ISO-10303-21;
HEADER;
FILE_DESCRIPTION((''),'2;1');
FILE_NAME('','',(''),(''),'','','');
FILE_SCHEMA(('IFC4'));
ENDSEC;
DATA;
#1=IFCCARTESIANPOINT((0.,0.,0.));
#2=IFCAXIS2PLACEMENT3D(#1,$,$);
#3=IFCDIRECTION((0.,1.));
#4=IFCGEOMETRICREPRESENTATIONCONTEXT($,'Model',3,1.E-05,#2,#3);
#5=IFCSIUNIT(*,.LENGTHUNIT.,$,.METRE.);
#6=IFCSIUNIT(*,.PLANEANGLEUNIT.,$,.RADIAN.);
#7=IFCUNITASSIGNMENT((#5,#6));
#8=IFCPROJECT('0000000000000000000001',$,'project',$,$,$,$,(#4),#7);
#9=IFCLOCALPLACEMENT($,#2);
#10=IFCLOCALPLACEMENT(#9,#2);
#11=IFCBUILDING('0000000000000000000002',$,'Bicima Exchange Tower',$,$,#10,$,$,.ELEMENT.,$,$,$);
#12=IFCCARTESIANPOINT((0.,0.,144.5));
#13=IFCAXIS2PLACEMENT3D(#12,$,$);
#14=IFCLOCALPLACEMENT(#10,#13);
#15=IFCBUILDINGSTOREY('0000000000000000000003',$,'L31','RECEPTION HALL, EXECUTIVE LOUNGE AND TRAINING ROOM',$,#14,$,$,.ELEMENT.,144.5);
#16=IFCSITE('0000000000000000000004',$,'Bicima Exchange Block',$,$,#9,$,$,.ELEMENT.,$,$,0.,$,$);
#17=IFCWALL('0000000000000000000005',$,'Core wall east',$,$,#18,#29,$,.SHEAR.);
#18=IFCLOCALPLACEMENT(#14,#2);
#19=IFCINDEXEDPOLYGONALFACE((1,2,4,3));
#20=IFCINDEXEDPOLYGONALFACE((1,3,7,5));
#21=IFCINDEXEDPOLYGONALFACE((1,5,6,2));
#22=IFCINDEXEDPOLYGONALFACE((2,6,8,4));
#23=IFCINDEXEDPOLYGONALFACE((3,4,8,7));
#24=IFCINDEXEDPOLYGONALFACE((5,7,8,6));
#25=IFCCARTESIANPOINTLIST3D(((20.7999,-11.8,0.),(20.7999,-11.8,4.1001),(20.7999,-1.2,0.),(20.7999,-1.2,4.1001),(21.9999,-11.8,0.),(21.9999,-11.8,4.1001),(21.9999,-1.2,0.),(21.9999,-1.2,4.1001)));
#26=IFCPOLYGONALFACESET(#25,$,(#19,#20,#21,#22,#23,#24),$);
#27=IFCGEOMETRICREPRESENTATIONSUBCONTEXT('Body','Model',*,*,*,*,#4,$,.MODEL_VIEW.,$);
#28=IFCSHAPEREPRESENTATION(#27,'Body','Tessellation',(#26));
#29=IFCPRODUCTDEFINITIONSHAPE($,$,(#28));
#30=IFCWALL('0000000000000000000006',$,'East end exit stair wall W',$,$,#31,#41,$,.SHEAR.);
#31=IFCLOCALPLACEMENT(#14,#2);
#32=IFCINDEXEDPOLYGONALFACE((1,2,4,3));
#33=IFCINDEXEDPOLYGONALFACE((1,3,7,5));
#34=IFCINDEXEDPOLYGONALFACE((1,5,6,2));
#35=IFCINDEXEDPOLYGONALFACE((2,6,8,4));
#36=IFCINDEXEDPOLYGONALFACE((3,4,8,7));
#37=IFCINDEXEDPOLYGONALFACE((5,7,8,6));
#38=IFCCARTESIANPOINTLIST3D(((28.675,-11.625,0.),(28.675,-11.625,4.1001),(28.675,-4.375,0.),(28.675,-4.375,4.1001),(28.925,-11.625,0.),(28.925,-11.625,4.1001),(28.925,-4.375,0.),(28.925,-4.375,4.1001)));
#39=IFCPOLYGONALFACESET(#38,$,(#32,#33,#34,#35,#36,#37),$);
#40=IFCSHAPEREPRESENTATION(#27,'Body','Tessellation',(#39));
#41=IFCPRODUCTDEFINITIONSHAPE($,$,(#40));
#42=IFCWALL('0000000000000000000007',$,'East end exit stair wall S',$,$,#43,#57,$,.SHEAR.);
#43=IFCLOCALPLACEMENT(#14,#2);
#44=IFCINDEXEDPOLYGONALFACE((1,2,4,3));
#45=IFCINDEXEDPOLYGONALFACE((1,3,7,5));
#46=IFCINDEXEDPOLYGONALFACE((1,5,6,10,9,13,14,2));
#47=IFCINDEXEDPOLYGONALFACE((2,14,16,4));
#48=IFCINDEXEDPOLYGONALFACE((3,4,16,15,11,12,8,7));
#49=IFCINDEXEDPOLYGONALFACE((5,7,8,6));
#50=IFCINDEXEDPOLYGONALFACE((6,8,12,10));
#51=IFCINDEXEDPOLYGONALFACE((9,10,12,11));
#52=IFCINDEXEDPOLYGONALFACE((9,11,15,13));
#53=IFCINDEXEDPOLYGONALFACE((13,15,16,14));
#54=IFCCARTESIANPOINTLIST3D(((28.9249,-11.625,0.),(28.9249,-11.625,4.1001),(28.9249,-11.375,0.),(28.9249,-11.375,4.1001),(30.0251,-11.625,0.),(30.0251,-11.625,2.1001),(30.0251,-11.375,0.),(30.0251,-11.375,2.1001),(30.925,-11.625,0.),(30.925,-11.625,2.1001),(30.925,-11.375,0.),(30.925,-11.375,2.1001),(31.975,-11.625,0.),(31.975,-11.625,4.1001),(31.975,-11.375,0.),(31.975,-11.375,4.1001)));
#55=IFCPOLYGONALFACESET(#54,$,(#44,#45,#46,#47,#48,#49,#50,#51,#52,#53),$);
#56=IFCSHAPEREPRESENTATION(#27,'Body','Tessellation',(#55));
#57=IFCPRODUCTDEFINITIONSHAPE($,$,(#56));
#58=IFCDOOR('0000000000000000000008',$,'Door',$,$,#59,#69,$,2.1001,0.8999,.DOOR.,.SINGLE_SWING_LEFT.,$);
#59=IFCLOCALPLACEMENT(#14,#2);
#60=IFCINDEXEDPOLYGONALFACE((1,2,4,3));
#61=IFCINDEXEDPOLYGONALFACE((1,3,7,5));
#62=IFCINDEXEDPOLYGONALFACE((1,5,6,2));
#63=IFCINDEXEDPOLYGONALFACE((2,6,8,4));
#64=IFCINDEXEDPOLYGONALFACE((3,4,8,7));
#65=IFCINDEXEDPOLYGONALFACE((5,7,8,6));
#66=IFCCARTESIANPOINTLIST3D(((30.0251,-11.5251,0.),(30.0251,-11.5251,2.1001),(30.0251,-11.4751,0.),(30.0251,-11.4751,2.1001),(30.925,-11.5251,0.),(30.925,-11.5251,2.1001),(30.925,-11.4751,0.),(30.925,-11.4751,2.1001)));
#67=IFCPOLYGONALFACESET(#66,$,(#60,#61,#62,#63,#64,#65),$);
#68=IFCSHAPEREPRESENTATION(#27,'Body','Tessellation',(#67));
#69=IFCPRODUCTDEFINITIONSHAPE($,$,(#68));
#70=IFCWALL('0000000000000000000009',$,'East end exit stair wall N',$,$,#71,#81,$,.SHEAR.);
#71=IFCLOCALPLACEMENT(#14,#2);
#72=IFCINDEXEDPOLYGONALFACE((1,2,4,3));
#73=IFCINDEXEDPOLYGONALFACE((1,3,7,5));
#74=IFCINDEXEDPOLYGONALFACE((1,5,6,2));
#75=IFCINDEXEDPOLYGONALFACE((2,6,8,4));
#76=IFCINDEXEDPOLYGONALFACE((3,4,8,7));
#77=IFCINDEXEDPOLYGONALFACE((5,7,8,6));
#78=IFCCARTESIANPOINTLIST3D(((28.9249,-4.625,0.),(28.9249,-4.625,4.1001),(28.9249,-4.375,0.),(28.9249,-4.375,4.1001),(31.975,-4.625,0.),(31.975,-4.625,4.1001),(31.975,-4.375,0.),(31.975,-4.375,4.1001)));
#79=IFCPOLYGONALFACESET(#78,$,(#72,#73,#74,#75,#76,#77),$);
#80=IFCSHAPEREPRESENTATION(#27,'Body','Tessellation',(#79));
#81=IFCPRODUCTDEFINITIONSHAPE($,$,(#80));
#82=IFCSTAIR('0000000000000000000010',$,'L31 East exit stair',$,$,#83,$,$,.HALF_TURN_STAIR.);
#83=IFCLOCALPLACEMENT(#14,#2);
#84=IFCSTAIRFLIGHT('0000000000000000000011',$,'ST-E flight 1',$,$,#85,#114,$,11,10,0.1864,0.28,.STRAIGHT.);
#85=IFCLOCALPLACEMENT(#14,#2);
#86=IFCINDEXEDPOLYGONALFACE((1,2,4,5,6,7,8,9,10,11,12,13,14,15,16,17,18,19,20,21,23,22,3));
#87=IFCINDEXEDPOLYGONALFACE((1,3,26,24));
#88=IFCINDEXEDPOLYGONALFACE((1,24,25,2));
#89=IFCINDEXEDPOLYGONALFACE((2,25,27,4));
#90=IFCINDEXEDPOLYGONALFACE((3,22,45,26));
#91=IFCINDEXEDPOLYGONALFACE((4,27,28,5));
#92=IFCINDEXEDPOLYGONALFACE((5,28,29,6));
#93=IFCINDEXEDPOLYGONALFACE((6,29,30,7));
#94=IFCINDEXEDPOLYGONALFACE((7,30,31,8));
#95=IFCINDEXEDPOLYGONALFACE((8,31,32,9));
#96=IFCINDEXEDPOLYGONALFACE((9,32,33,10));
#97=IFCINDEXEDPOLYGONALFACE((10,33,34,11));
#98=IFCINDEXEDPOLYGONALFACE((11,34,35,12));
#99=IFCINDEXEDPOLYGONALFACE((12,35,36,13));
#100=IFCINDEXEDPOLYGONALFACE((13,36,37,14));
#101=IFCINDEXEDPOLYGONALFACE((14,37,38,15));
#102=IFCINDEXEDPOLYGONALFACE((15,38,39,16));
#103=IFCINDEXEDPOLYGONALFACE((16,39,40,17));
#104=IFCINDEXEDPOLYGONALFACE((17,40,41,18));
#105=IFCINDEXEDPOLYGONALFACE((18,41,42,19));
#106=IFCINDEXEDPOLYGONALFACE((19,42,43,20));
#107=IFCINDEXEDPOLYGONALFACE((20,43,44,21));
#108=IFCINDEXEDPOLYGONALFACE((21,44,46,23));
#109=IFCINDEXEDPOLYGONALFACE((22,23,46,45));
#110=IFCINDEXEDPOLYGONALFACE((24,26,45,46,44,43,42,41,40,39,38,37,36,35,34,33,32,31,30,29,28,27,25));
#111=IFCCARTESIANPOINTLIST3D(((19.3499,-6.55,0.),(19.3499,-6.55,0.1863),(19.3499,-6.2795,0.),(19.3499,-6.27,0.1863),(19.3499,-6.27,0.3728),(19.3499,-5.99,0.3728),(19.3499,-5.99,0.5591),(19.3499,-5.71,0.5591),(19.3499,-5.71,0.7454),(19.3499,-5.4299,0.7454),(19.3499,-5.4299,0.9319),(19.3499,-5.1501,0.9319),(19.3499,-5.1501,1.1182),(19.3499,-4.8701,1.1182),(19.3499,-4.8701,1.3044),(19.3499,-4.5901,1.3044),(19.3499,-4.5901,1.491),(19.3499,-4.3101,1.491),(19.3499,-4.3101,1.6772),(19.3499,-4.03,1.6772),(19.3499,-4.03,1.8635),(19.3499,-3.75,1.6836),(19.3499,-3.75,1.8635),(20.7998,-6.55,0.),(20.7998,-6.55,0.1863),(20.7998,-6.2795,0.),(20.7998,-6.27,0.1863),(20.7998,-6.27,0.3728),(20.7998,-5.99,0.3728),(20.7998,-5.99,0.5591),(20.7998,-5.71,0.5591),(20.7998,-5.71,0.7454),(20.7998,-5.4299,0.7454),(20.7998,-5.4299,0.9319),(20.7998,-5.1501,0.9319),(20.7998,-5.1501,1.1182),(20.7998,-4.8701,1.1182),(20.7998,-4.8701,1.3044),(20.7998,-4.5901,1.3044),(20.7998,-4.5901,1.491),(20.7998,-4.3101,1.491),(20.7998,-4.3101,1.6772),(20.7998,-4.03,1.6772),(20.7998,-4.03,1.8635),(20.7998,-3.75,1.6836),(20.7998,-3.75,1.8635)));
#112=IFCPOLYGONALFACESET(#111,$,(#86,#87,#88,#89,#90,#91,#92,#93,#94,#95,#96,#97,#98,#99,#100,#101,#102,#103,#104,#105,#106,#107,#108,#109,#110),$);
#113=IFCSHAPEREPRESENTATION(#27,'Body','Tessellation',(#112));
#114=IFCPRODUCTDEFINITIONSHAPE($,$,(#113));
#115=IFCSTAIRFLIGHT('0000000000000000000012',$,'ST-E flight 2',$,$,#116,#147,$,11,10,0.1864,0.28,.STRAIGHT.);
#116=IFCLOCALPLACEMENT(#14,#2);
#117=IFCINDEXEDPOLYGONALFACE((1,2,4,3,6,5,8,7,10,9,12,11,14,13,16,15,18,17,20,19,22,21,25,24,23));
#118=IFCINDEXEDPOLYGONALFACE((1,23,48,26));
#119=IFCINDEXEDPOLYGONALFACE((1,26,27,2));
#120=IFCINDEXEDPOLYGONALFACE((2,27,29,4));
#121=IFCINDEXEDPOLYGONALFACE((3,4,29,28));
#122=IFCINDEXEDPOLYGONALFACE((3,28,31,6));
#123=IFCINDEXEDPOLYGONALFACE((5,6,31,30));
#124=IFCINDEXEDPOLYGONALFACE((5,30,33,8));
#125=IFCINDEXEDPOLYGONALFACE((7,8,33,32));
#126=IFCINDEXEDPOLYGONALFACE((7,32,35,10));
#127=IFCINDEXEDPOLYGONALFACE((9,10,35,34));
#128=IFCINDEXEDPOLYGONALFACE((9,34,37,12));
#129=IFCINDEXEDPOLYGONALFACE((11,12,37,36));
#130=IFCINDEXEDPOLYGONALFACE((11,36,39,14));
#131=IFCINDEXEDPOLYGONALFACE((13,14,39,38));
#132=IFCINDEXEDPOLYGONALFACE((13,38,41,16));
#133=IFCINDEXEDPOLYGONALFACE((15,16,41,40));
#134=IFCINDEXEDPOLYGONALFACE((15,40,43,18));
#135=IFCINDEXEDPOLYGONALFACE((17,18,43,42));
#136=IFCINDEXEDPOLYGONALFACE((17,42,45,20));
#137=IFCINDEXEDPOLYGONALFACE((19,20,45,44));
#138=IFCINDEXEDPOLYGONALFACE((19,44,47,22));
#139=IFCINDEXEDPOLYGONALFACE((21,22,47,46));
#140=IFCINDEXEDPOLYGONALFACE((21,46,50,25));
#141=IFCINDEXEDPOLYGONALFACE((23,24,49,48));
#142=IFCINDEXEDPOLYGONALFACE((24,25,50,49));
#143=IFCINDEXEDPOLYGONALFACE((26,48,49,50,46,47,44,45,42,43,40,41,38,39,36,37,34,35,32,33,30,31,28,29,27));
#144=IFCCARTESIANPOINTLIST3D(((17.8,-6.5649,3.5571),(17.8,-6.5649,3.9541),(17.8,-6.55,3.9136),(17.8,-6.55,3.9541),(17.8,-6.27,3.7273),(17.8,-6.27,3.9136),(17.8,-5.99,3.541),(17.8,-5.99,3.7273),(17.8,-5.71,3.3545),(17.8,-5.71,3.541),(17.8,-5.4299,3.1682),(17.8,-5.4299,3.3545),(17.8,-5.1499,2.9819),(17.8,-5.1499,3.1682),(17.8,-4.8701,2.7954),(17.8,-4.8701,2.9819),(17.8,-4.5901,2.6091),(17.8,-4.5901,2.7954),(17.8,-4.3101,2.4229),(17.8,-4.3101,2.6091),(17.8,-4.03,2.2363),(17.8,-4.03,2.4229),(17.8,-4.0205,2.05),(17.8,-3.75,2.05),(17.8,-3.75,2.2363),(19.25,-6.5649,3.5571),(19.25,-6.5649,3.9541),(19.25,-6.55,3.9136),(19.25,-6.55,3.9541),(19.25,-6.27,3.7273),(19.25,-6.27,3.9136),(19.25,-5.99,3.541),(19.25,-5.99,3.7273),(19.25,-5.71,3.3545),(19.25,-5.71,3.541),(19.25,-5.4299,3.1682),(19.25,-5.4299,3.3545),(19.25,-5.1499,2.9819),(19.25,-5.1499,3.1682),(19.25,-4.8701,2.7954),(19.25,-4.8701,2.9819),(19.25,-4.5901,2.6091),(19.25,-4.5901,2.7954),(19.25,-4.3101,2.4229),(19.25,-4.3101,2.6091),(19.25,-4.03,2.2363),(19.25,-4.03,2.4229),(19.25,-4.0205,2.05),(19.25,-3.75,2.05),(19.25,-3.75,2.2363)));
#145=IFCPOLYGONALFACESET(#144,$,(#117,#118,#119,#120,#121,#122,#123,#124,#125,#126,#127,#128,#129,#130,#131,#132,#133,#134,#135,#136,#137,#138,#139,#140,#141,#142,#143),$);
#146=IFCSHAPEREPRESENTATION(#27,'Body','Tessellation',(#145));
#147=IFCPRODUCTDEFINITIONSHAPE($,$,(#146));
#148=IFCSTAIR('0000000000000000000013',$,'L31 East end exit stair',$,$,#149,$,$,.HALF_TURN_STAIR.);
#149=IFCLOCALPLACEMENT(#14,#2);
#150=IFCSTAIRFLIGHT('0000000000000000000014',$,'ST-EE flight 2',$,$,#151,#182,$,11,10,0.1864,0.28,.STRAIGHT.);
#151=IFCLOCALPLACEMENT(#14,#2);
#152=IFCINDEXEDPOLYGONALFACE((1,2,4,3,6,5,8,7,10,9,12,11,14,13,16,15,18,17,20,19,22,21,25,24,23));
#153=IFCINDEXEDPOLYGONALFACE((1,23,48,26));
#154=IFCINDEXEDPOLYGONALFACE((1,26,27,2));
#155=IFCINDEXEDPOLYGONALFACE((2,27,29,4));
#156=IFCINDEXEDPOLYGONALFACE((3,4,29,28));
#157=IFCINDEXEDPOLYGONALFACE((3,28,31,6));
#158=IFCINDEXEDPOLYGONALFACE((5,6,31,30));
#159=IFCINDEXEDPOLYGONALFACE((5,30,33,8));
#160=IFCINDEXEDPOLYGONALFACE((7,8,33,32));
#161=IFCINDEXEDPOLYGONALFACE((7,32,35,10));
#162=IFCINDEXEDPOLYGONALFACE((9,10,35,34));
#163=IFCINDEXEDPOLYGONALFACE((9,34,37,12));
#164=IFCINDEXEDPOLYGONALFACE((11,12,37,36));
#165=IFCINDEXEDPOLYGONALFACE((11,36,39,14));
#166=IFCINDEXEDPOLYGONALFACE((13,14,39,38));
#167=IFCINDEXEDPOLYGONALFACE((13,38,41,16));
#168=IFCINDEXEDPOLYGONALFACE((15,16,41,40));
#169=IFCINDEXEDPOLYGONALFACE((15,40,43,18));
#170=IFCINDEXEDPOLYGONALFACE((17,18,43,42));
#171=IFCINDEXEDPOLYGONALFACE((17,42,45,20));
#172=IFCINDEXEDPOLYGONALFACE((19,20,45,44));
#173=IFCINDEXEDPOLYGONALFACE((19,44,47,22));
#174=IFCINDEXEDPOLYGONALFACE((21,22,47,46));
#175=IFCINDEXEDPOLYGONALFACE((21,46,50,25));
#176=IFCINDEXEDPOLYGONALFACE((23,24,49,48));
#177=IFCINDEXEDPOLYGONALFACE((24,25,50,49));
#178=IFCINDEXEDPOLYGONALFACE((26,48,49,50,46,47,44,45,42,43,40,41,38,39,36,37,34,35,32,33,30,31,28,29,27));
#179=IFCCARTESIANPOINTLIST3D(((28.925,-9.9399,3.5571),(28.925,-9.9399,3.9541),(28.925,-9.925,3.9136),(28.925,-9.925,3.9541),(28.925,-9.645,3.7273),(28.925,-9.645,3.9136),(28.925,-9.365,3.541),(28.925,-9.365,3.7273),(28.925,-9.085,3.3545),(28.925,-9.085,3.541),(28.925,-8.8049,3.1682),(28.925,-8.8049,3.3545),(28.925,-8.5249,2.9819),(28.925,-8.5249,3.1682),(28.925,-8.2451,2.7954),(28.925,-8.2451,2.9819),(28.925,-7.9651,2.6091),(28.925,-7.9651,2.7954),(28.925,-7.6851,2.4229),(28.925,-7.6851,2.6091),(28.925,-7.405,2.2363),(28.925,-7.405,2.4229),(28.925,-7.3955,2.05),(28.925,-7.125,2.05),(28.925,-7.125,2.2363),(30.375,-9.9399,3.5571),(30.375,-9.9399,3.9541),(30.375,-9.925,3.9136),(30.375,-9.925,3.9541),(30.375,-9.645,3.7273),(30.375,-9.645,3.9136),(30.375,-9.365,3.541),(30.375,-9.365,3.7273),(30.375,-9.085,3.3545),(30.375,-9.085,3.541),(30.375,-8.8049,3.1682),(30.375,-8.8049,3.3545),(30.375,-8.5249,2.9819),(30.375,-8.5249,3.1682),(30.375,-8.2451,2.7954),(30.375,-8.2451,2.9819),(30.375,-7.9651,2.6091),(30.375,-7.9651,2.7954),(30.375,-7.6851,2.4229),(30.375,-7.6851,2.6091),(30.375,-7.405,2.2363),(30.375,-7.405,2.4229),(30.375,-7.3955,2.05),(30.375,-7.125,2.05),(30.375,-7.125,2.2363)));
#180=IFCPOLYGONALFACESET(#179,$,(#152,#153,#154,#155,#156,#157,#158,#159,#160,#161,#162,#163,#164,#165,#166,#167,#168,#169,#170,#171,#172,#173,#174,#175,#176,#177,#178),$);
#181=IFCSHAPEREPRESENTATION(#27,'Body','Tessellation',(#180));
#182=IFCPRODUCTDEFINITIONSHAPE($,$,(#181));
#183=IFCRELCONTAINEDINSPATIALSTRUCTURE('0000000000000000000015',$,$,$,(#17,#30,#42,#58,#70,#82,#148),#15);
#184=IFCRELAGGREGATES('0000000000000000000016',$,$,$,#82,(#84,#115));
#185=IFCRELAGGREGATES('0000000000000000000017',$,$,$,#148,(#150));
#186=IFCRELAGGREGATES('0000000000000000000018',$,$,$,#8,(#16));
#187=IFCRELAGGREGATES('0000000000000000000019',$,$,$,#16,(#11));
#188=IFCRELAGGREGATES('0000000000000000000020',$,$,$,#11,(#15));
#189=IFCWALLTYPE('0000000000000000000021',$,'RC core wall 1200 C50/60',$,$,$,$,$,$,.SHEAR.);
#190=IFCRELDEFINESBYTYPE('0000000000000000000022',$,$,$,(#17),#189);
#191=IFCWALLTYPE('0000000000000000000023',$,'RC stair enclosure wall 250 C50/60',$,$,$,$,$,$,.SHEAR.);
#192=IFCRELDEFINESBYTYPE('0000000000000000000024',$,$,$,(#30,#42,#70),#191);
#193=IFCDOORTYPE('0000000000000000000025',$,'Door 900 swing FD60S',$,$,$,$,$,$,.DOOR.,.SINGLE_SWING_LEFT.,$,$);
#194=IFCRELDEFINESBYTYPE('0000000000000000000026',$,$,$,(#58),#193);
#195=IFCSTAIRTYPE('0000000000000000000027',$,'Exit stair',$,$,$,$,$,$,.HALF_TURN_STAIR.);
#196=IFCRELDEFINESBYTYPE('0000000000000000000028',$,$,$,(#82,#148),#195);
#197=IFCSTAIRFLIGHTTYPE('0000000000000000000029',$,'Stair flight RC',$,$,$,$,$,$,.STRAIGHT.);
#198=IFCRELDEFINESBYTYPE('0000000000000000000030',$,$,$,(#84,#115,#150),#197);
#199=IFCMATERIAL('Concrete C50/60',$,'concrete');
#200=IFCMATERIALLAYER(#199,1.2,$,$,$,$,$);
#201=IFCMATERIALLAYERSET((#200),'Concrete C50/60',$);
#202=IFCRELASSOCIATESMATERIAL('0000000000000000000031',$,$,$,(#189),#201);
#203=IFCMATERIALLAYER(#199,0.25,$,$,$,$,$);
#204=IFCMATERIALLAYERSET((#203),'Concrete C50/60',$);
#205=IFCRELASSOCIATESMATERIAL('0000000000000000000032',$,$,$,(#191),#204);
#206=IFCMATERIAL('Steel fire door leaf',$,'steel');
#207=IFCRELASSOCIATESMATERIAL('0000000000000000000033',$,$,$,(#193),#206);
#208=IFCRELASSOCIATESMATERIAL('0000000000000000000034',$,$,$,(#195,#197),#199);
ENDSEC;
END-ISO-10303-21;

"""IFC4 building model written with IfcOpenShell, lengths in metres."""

from ifc_helpers import new_model, si_unit, direction, frame, frame_2d, origin, place, context, subcontext, project, spatial, polyline, rectangle, outline, extrude, material, layer, layer_set, type_object, element, fill, aggregate, save


model = new_model("IFC4")

# Units and contexts
model_context = context("Model", 3, precision=1e-05, world=origin(), true_north=direction((0.0, 1.0)))
body_context = subcontext(model_context, "Body", "Model", "MODEL_VIEW")
ifc_project = project(units=[si_unit("LENGTHUNIT", "METRE"), si_unit("PLANEANGLEUNIT", "RADIAN")], contexts=[model_context])

# Site, building, storey
site_placement = place(None, origin())
site = spatial("IfcSite", under=ifc_project, at=site_placement, Name="Bicima Exchange Block", CompositionType="ELEMENT", RefElevation=0.0)
building_placement = place(site_placement, origin())
building = spatial("IfcBuilding", under=site, at=building_placement, Name="Bicima Exchange Tower", CompositionType="ELEMENT")
storey_placement = place(building_placement, frame((0.0, 0.0, 144.5)))
storey = spatial("IfcBuildingStorey", under=building, at=storey_placement, Name="L31", Description="RECEPTION HALL, EXECUTIVE LOUNGE AND TRAINING ROOM", CompositionType="ELEMENT", Elevation=144.5)

# Walls
ifc_material_1 = material(Name="Concrete C50/60", Category="concrete")
ifc_layer_1 = layer(ifc_material_1, 1.2)
ifc_layer_set_1 = layer_set([ifc_layer_1], Name="Concrete C50/60")
wall_type_1 = type_object("IfcWallType", Name="RC core wall 1200 C50/60", PredefinedType="SHEAR", material=ifc_layer_set_1)
wall_1_placement = place(storey_placement, frame((21.3999, -11.8, 0.0), z_axis=(0.0, 0.0, 1.0), x_axis=(0.0, 1.0, 0.0)))
element("IfcWall", 1, at=wall_1_placement, inside=storey, type_object=wall_type_1, Name="Core wall east", PredefinedType="SHEAR", context=body_context, shape_type="SweptSolid", body=[
    extrude(rectangle(XDim=10.6001, YDim=1.2, at=frame_2d((5.3, 0.0))), origin(), (0.0, 0.0, 1.0), 4.1001),
])
ifc_layer_2 = layer(ifc_material_1, 0.25)
ifc_layer_set_2 = layer_set([ifc_layer_2], Name="Concrete C50/60")
wall_type_2 = type_object("IfcWallType", Name="RC stair enclosure wall 250 C50/60", PredefinedType="SHEAR", material=ifc_layer_set_2)
wall_2_placement = place(storey_placement, frame((28.8, -11.625, 0.0), z_axis=(0.0, 0.0, 1.0), x_axis=(0.0, 1.0, 0.0)))
element("IfcWall", 2, at=wall_2_placement, inside=storey, type_object=wall_type_2, Name="East end exit stair wall W", PredefinedType="SHEAR", context=body_context, shape_type="SweptSolid", body=[
    extrude(rectangle(XDim=7.25, YDim=0.25, at=frame_2d((3.625, 0.0))), origin(), (0.0, 0.0, 1.0), 4.1001),
])

# Wall, opening, door
wall_3_placement = place(storey_placement, frame((28.925, -11.5, 0.0), z_axis=(0.0, 0.0, 1.0), x_axis=(1.0, 0.0, 0.0)))
wall_3 = element("IfcWall", 3, at=wall_3_placement, inside=storey, type_object=wall_type_2, Name="East end exit stair wall S", PredefinedType="SHEAR", context=body_context, shape_type="SweptSolid", body=[
    extrude(rectangle(XDim=3.05, YDim=0.25, at=frame_2d((1.5249, 0.0))), origin(), (0.0, 0.0, 1.0), 4.1001),
])
opening_placement = place(wall_3_placement, frame((1.1001, 0.0, 0.0)))
opening = element("IfcOpeningElement", 4, at=opening_placement, cuts=wall_3, PredefinedType="OPENING", context=body_context, shape_type="SweptSolid", body=[
    extrude(rectangle(XDim=0.8999, YDim=2.1001, at=frame_2d((0.45, 1.05))), frame((0.0, 0.137, 0.0), z_axis=(0.0, -1.0, 0.0), x_axis=(1.0, 0.0, 0.0)), (0.0, 0.0, 1.0), 0.2739),
])
ifc_material_2 = material(Name="Steel fire door leaf", Category="steel")
door_type = type_object("IfcDoorType", Name="Door 900 swing FD60S", OperationType="SINGLE_SWING_LEFT", PredefinedType="DOOR", material=ifc_material_2)
door_placement = place(opening_placement, origin())
door = element("IfcDoor", 5, at=door_placement, inside=storey, type_object=door_type, Name="Door", OperationType="SINGLE_SWING_LEFT", OverallHeight=2.1001, OverallWidth=0.8999, PredefinedType="DOOR", context=body_context, shape_type="SweptSolid", body=[
    extrude(rectangle(XDim=0.8999, YDim=2.1001, at=frame_2d((0.45, 1.05))), frame((0.0, 0.0249, 0.0), z_axis=(0.0, -1.0, 0.0), x_axis=(1.0, 0.0, 0.0)), (0.0, 0.0, 1.0), 0.05),
])
fill(opening, door)

# Wall
wall_4_placement = place(storey_placement, frame((28.925, -4.5, 0.0), z_axis=(0.0, 0.0, 1.0), x_axis=(1.0, 0.0, 0.0)))
element("IfcWall", 6, at=wall_4_placement, inside=storey, type_object=wall_type_2, Name="East end exit stair wall N", PredefinedType="SHEAR", context=body_context, shape_type="SweptSolid", body=[
    extrude(rectangle(XDim=3.05, YDim=0.25, at=frame_2d((1.5249, 0.0))), origin(), (0.0, 0.0, 1.0), 4.1001),
])

# Stair, stair flights
stair_type = type_object("IfcStairType", Name="Exit stair", PredefinedType="HALF_TURN_STAIR", material=ifc_material_1)
stair_1_placement = place(storey_placement, origin())
stair_1 = element("IfcStair", 7, at=stair_1_placement, inside=storey, type_object=stair_type, Name="L31 East exit stair", PredefinedType="HALF_TURN_STAIR")
stair_flight_type = type_object("IfcStairFlightType", Name="Stair flight RC", PredefinedType="STRAIGHT", material=ifc_material_1)
stair_flight_1_placement = place(storey_placement, frame((20.075, -6.55, 0.0), z_axis=(0.0, 0.0, 1.0), x_axis=(0.0, 1.0, 0.0)))
stair_flight_1 = element("IfcStairFlight", 8, at=stair_flight_1_placement, type_object=stair_flight_type, Name="ST-E flight 1", NumberOfRisers=11, NumberOfTreads=10, PredefinedType="STRAIGHT", RiserHeight=0.1864, TreadLength=0.28, context=body_context, shape_type="SweptSolid", body=[
    extrude(outline(polyline([(0.0, 0.0), (0.0, 0.1863), (0.28, 0.1863), (0.28, 0.3728), (0.5601, 0.3728), (0.5601, 0.5591), (0.8401, 0.5591), (0.8401, 0.7454), (1.1201, 0.7454), (1.1201, 0.9319), (1.3999, 0.9319), (1.3999, 1.1182), (1.6799, 1.1182), (1.6799, 1.3044), (1.96, 1.3044), (1.96, 1.491), (2.24, 1.491), (2.24, 1.6772), (2.52, 1.6772), (2.52, 1.8635), (2.8, 1.8635), (2.8, 2.05), (2.8, 1.6836), (0.2705, 0.0), (0.0, 0.0)])), frame((0.0, 0.7251, 0.0), z_axis=(0.0, -1.0, 0.0), x_axis=(1.0, 0.0, 0.0)), (0.0, 0.0, 1.0), 1.45),
])
stair_flight_2_placement = place(storey_placement, frame((18.5249, -3.75, 2.05), z_axis=(0.0, 0.0, 1.0), x_axis=(0.0, -1.0, 0.0)))
stair_flight_2 = element("IfcStairFlight", 9, at=stair_flight_2_placement, type_object=stair_flight_type, Name="ST-E flight 2", NumberOfRisers=11, NumberOfTreads=10, PredefinedType="STRAIGHT", RiserHeight=0.1864, TreadLength=0.28, context=body_context, shape_type="SweptSolid", body=[
    extrude(outline(polyline([(0.0, 0.0), (0.0, 0.1863), (0.28, 0.1863), (0.28, 0.3728), (0.5601, 0.3728), (0.5601, 0.5591), (0.8401, 0.5591), (0.8401, 0.7454), (1.1201, 0.7454), (1.1201, 0.9319), (1.3999, 0.9319), (1.3999, 1.1182), (1.6799, 1.1182), (1.6799, 1.3044), (1.96, 1.3044), (1.96, 1.491), (2.24, 1.491), (2.24, 1.6772), (2.52, 1.6772), (2.52, 1.8635), (2.8, 1.8635), (2.8, 1.9041), (2.8149, 1.9041), (2.8149, 1.5071), (0.2705, 0.0), (0.0, 0.0)])), frame((0.0, 0.7251, 0.0), z_axis=(0.0, -1.0, 0.0), x_axis=(1.0, 0.0, 0.0)), (0.0, 0.0, 1.0), 1.45),
])
aggregate(stair_1, [stair_flight_1, stair_flight_2])

# Stair, stair flight
stair_2_placement = place(storey_placement, origin())
stair_2 = element("IfcStair", 10, at=stair_2_placement, inside=storey, type_object=stair_type, Name="L31 East end exit stair", PredefinedType="HALF_TURN_STAIR")
stair_flight_3_placement = place(storey_placement, frame((29.6499, -7.125, 2.05), z_axis=(0.0, 0.0, 1.0), x_axis=(0.0, -1.0, 0.0)))
stair_flight_3 = element("IfcStairFlight", 11, at=stair_flight_3_placement, type_object=stair_flight_type, Name="ST-EE flight 2", NumberOfRisers=11, NumberOfTreads=10, PredefinedType="STRAIGHT", RiserHeight=0.1864, TreadLength=0.28, context=body_context, shape_type="SweptSolid", body=[
    extrude(outline(polyline([(0.0, 0.0), (0.0, 0.1863), (0.28, 0.1863), (0.28, 0.3728), (0.5601, 0.3728), (0.5601, 0.5591), (0.8401, 0.5591), (0.8401, 0.7454), (1.1201, 0.7454), (1.1201, 0.9319), (1.3999, 0.9319), (1.3999, 1.1182), (1.6799, 1.1182), (1.6799, 1.3044), (1.96, 1.3044), (1.96, 1.491), (2.24, 1.491), (2.24, 1.6772), (2.52, 1.6772), (2.52, 1.8635), (2.8, 1.8635), (2.8, 1.9041), (2.8149, 1.9041), (2.8149, 1.5071), (0.2705, 0.0), (0.0, 0.0)])), frame((0.0, 0.7251, 0.0), z_axis=(0.0, -1.0, 0.0), x_axis=(1.0, 0.0, 0.0)), (0.0, 0.0, 1.0), 1.45),
])
aggregate(stair_2, [stair_flight_3])

save(model, "model.ifc")
